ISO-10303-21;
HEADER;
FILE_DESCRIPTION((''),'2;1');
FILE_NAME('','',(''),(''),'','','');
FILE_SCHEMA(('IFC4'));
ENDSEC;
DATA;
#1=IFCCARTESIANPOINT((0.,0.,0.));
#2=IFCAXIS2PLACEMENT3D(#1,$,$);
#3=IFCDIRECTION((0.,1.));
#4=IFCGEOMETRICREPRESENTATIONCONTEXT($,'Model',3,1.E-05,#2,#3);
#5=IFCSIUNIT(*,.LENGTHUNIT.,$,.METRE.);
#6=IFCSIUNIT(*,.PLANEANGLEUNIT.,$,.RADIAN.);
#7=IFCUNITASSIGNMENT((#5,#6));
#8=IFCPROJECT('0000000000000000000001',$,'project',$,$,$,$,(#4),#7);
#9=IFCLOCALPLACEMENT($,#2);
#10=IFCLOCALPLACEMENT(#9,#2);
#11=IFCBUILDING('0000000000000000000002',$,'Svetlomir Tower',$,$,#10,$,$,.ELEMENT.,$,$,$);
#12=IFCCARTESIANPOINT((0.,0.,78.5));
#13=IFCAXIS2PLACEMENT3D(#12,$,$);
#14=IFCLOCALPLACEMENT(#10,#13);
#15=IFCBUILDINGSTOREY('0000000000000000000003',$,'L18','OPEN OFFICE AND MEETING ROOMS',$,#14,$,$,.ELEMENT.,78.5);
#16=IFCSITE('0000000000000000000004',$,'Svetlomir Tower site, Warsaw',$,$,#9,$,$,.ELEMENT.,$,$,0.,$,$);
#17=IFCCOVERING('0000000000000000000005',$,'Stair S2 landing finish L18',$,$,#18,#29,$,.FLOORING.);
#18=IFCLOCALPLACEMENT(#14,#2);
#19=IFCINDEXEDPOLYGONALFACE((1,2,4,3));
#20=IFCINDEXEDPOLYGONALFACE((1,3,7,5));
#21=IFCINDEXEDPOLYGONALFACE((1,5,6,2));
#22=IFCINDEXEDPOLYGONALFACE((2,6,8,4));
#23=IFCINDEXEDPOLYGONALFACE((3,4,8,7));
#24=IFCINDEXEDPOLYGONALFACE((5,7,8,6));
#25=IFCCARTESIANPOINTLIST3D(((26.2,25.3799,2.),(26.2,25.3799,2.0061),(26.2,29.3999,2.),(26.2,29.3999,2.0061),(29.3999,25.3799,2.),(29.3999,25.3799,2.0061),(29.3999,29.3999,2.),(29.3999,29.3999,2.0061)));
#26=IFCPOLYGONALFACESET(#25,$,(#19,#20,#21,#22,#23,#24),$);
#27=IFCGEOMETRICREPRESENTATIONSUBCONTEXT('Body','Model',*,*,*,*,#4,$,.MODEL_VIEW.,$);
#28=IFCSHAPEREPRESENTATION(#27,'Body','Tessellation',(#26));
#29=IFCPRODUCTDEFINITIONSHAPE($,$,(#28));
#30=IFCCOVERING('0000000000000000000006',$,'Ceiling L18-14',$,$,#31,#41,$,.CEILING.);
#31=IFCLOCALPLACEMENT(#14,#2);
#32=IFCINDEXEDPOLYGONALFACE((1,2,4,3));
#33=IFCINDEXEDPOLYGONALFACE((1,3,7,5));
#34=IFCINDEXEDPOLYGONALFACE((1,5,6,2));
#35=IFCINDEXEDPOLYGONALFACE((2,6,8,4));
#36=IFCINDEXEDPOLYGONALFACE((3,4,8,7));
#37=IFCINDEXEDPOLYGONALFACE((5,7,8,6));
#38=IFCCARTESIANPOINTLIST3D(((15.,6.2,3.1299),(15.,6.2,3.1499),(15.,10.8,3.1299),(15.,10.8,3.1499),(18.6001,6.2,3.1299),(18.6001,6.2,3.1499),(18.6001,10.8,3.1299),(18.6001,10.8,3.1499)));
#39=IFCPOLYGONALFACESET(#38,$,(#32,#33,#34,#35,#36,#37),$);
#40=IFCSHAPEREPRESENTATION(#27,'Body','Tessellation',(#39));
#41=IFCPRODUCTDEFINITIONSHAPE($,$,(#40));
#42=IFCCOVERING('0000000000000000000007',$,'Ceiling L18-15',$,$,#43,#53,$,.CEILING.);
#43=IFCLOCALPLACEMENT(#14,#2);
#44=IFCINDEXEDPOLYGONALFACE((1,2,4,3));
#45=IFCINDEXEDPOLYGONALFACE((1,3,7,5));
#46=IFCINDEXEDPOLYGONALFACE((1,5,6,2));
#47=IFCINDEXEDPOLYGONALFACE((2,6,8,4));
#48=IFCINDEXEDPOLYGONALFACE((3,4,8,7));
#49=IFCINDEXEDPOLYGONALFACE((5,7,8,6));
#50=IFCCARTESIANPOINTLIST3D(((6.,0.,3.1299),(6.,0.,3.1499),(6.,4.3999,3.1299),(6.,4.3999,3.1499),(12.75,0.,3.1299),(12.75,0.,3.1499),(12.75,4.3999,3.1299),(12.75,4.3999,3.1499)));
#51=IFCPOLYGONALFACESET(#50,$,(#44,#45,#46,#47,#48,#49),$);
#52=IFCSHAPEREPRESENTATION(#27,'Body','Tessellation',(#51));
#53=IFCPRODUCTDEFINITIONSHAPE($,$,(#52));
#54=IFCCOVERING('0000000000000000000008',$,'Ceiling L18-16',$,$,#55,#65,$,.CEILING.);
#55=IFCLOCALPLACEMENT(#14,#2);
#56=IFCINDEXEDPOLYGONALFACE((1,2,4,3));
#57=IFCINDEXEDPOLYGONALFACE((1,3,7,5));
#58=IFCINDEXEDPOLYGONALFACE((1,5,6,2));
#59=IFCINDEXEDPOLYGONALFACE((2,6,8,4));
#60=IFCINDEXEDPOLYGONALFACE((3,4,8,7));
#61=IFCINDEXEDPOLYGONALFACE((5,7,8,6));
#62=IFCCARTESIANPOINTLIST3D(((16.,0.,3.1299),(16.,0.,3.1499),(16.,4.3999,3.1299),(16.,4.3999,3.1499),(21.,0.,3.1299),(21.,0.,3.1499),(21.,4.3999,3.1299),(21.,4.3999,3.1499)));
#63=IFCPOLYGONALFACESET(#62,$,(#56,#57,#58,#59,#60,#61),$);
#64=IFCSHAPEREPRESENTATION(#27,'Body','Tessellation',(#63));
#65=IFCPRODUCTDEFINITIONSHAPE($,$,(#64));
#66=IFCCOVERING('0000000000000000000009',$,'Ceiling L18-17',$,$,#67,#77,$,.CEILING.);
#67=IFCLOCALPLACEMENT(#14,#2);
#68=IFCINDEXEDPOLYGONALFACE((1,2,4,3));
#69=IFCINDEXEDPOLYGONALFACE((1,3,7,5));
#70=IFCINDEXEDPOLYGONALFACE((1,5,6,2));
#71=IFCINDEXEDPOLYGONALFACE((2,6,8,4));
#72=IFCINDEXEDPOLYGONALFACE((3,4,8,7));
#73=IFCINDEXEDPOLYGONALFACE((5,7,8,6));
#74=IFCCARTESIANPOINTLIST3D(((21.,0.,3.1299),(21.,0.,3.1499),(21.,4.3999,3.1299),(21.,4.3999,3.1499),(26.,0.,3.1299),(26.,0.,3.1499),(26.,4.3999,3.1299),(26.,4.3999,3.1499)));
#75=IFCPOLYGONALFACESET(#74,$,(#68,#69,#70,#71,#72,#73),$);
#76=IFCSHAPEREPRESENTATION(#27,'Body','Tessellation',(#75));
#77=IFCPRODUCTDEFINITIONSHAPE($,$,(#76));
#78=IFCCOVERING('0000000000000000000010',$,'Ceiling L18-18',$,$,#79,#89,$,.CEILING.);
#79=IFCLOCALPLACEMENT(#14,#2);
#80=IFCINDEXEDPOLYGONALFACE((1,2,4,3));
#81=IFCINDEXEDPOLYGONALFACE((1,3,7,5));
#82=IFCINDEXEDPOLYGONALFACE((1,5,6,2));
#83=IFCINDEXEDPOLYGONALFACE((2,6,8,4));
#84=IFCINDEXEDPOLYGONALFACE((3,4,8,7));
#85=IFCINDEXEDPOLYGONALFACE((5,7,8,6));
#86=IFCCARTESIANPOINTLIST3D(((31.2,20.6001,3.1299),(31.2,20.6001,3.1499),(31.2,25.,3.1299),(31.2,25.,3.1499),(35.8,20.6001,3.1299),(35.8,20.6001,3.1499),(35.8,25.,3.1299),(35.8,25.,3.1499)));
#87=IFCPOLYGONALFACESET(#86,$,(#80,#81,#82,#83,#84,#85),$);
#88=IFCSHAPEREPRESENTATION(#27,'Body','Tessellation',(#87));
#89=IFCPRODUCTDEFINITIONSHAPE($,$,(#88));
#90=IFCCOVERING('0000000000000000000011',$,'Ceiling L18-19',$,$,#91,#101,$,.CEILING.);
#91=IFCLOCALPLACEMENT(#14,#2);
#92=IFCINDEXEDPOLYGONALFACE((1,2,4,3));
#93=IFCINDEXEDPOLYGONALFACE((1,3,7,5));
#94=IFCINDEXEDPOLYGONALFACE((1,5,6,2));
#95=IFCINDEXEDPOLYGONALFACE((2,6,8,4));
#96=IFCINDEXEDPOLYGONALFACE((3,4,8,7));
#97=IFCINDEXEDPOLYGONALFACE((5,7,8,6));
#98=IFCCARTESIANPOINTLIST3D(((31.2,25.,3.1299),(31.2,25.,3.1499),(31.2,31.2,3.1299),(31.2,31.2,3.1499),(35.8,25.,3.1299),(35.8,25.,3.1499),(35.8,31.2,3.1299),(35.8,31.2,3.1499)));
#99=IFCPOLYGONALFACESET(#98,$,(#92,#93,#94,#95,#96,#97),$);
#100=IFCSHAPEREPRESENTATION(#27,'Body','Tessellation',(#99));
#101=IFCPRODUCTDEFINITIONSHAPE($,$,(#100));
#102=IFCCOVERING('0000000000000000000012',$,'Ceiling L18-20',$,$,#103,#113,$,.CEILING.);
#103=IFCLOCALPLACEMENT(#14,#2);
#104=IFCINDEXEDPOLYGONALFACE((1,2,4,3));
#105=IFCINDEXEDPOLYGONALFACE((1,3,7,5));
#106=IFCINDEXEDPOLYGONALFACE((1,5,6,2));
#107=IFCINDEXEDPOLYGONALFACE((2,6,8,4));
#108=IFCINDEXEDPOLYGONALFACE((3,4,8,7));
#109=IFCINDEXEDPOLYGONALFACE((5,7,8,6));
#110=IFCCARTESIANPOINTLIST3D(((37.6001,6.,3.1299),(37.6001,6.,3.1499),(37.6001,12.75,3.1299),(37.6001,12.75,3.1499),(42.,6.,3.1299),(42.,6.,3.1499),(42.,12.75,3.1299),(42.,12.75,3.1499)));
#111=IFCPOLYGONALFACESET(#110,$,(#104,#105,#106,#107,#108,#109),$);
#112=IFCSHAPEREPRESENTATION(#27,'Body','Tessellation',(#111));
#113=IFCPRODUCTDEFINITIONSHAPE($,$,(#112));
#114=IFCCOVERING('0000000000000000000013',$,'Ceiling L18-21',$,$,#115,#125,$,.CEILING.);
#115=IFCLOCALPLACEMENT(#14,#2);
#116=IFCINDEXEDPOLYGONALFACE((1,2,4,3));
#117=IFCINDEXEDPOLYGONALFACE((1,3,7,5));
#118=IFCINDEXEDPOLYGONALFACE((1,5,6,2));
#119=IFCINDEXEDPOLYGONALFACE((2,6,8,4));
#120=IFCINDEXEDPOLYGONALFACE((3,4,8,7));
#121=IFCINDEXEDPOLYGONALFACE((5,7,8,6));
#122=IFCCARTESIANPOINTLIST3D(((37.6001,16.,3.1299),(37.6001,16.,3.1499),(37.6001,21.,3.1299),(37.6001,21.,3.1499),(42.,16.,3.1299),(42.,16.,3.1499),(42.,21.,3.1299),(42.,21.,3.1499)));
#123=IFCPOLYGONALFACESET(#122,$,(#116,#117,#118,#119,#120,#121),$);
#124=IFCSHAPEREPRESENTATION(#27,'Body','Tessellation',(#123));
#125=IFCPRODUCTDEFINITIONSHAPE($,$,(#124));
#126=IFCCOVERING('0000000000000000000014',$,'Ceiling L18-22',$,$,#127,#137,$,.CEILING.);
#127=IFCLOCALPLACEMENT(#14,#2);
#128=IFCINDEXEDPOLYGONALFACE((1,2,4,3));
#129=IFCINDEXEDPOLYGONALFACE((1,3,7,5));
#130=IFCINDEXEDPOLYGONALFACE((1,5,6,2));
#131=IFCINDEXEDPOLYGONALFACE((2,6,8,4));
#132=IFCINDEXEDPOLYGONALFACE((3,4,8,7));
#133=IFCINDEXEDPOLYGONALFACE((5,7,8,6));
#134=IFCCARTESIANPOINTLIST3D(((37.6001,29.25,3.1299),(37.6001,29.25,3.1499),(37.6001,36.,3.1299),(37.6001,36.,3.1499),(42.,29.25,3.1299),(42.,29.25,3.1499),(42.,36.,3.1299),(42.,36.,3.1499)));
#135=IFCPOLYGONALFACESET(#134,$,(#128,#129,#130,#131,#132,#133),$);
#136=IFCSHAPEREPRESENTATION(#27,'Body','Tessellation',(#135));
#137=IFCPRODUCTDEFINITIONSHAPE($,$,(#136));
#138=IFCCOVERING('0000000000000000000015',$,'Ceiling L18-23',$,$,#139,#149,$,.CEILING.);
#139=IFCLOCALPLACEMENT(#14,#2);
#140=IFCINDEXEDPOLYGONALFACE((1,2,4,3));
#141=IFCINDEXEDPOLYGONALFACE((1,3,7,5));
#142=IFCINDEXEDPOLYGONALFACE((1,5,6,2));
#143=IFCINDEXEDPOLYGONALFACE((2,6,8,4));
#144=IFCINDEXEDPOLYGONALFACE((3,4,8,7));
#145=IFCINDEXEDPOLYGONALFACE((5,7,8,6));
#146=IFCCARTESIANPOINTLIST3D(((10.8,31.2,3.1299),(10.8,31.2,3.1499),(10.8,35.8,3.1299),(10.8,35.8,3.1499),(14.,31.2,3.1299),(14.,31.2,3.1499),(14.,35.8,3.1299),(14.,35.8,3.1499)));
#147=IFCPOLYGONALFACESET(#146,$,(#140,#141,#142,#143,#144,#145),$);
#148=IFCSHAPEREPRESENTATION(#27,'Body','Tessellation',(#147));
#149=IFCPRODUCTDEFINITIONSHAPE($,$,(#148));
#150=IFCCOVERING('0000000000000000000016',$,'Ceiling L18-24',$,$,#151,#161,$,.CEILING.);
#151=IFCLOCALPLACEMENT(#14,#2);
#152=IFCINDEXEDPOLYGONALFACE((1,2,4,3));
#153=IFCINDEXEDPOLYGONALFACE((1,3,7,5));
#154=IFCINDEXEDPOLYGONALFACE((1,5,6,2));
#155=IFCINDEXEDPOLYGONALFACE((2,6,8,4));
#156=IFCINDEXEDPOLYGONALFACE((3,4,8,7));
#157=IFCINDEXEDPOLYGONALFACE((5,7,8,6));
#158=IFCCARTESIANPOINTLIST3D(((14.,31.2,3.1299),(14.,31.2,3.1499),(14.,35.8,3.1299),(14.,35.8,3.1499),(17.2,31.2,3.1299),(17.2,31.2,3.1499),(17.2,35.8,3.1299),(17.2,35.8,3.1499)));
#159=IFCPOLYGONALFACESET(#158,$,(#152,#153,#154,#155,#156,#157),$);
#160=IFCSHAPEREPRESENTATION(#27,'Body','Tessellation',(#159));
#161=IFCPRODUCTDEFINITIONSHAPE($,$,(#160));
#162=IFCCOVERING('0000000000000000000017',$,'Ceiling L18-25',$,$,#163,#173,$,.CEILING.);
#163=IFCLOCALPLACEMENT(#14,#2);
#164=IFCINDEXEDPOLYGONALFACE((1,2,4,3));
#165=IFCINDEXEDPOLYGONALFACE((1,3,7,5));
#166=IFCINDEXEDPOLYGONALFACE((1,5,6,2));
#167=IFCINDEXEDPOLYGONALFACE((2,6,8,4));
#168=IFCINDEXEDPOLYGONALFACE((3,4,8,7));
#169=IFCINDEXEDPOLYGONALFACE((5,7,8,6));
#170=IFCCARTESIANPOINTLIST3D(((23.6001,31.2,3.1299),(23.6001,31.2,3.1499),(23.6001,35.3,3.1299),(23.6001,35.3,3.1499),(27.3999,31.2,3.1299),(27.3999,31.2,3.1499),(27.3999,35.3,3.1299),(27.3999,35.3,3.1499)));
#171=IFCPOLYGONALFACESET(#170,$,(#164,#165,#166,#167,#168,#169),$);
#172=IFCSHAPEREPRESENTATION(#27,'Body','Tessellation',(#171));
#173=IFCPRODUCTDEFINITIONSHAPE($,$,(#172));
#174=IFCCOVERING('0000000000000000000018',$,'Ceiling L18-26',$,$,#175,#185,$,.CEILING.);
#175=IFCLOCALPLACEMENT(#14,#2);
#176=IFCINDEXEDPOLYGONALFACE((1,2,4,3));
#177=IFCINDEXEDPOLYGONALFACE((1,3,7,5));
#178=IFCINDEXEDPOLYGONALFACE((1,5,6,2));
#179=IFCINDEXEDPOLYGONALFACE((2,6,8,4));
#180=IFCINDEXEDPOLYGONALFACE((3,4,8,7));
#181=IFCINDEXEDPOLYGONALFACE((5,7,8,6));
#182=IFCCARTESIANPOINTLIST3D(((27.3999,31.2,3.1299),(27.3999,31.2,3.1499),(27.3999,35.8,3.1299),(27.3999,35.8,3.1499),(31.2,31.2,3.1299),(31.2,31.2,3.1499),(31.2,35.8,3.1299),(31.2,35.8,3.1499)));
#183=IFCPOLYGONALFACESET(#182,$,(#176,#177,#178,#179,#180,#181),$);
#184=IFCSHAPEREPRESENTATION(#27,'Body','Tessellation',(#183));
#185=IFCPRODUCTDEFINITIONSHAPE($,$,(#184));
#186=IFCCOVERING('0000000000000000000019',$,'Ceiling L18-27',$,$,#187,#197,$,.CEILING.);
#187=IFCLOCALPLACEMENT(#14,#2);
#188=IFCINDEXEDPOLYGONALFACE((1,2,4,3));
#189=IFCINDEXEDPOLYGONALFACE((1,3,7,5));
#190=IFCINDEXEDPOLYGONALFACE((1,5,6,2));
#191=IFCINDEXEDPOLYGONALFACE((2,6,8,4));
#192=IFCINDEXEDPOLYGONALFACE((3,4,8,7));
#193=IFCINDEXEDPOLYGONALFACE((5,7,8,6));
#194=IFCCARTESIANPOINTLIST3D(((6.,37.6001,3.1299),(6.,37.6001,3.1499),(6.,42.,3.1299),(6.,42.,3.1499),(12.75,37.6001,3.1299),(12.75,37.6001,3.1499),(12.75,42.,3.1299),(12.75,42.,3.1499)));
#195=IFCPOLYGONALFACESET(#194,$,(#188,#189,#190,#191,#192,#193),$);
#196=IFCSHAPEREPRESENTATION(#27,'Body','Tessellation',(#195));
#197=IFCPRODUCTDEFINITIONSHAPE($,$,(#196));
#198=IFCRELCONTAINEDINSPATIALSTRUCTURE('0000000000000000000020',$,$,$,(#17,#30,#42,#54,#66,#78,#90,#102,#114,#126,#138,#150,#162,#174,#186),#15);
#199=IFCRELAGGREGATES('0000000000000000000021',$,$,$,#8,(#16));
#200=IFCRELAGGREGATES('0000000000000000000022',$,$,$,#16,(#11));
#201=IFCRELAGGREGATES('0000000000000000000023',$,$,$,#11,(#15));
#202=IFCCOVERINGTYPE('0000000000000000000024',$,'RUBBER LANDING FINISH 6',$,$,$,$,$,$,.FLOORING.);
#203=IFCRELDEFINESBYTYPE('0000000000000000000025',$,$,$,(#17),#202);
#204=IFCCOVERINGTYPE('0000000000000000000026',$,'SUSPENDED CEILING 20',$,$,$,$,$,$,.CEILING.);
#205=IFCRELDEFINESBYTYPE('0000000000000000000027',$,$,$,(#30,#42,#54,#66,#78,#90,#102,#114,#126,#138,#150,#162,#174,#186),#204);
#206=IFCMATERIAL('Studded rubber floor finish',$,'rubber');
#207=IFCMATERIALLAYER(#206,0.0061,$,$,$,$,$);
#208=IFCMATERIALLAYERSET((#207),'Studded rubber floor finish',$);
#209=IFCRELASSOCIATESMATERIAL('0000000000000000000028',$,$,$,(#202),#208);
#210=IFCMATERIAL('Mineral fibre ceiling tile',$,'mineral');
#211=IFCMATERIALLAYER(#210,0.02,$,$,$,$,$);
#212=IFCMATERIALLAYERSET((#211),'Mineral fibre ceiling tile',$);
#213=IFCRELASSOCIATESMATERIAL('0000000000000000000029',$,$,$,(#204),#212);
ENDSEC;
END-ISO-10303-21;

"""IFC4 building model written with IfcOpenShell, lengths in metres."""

from ifc_helpers import new_model, si_unit, direction, frame, origin, place, context, subcontext, project, spatial, polyline, outline, extrude, material, layer, layer_set, type_object, element, save


model = new_model("IFC4")

# Units and contexts
model_context = context("Model", 3, precision=1e-05, world=origin(), true_north=direction((0.0, 1.0)))
body_context = subcontext(model_context, "Body", "Model", "MODEL_VIEW")
ifc_project = project(units=[si_unit("LENGTHUNIT", "METRE"), si_unit("PLANEANGLEUNIT", "RADIAN")], contexts=[model_context])

# Site, building, storey
site_placement = place(None, origin())
site = spatial("IfcSite", under=ifc_project, at=site_placement, Name="Svetlomir Tower site, Warsaw", CompositionType="ELEMENT", RefElevation=0.0)
building_placement = place(site_placement, origin())
building = spatial("IfcBuilding", under=site, at=building_placement, Name="Svetlomir Tower", CompositionType="ELEMENT")
storey_placement = place(building_placement, frame((0.0, 0.0, 78.5)))
storey = spatial("IfcBuildingStorey", under=building, at=storey_placement, Name="L18", Description="OPEN OFFICE AND MEETING ROOMS", CompositionType="ELEMENT", Elevation=78.5)

# Coverings
ifc_material_1 = material(Name="Studded rubber floor finish", Category="rubber")
ifc_layer_1 = layer(ifc_material_1, 0.0061)
ifc_layer_set_1 = layer_set([ifc_layer_1], Name="Studded rubber floor finish")
covering_type_1 = type_object("IfcCoveringType", Name="RUBBER LANDING FINISH 6", PredefinedType="FLOORING", material=ifc_layer_set_1)
covering_1_placement = place(storey_placement, frame((0.0, 0.0, 2.0)))
element("IfcCovering", 1, at=covering_1_placement, inside=storey, type_object=covering_type_1, Name="Stair S2 landing finish L18", PredefinedType="FLOORING", context=body_context, shape_type="SweptSolid", body=[
    extrude(outline(polyline([(26.2, 25.3799), (29.3999, 25.3799), (29.3999, 29.3999), (26.2, 29.3999), (26.2, 25.3799)])), origin(), (0.0, 0.0, 1.0), 0.0061),
])
ifc_material_2 = material(Name="Mineral fibre ceiling tile", Category="mineral")
ifc_layer_2 = layer(ifc_material_2, 0.02)
ifc_layer_set_2 = layer_set([ifc_layer_2], Name="Mineral fibre ceiling tile")
covering_type_2 = type_object("IfcCoveringType", Name="SUSPENDED CEILING 20", PredefinedType="CEILING", material=ifc_layer_set_2)
covering_2_placement = place(storey_placement, frame((0.0, 0.0, 3.1299)))
element("IfcCovering", 2, at=covering_2_placement, inside=storey, type_object=covering_type_2, Name="Ceiling L18-14", PredefinedType="CEILING", context=body_context, shape_type="SweptSolid", body=[
    extrude(outline(polyline([(15.0, 6.2), (18.6001, 6.2), (18.6001, 10.8), (15.0, 10.8), (15.0, 6.2)])), origin(), (0.0, 0.0, 1.0), 0.02),
])
covering_3_placement = place(storey_placement, frame((0.0, 0.0, 3.1299)))
element("IfcCovering", 3, at=covering_3_placement, inside=storey, type_object=covering_type_2, Name="Ceiling L18-15", PredefinedType="CEILING", context=body_context, shape_type="SweptSolid", body=[
    extrude(outline(polyline([(6.0, 0.0), (12.75, 0.0), (12.75, 4.3999), (6.0, 4.3999), (6.0, 0.0)])), origin(), (0.0, 0.0, 1.0), 0.02),
])
covering_4_placement = place(storey_placement, frame((0.0, 0.0, 3.1299)))
element("IfcCovering", 4, at=covering_4_placement, inside=storey, type_object=covering_type_2, Name="Ceiling L18-16", PredefinedType="CEILING", context=body_context, shape_type="SweptSolid", body=[
    extrude(outline(polyline([(16.0, 0.0), (21.0, 0.0), (21.0, 4.3999), (16.0, 4.3999), (16.0, 0.0)])), origin(), (0.0, 0.0, 1.0), 0.02),
])
covering_5_placement = place(storey_placement, frame((0.0, 0.0, 3.1299)))
element("IfcCovering", 5, at=covering_5_placement, inside=storey, type_object=covering_type_2, Name="Ceiling L18-17", PredefinedType="CEILING", context=body_context, shape_type="SweptSolid", body=[
    extrude(outline(polyline([(21.0, 0.0), (26.0, 0.0), (26.0, 4.3999), (21.0, 4.3999), (21.0, 0.0)])), origin(), (0.0, 0.0, 1.0), 0.02),
])
covering_6_placement = place(storey_placement, frame((0.0, 0.0, 3.1299)))
element("IfcCovering", 6, at=covering_6_placement, inside=storey, type_object=covering_type_2, Name="Ceiling L18-18", PredefinedType="CEILING", context=body_context, shape_type="SweptSolid", body=[
    extrude(outline(polyline([(31.2, 20.6001), (35.8, 20.6001), (35.8, 25.0), (31.2, 25.0), (31.2, 20.6001)])), origin(), (0.0, 0.0, 1.0), 0.02),
])
covering_7_placement = place(storey_placement, frame((0.0, 0.0, 3.1299)))
element("IfcCovering", 7, at=covering_7_placement, inside=storey, type_object=covering_type_2, Name="Ceiling L18-19", PredefinedType="CEILING", context=body_context, shape_type="SweptSolid", body=[
    extrude(outline(polyline([(31.2, 25.0), (35.8, 25.0), (35.8, 31.2), (31.2, 31.2), (31.2, 25.0)])), origin(), (0.0, 0.0, 1.0), 0.02),
])
covering_8_placement = place(storey_placement, frame((0.0, 0.0, 3.1299)))
element("IfcCovering", 8, at=covering_8_placement, inside=storey, type_object=covering_type_2, Name="Ceiling L18-20", PredefinedType="CEILING", context=body_context, shape_type="SweptSolid", body=[
    extrude(outline(polyline([(37.6001, 6.0), (42.0, 6.0), (42.0, 12.75), (37.6001, 12.75), (37.6001, 6.0)])), origin(), (0.0, 0.0, 1.0), 0.02),
])
covering_9_placement = place(storey_placement, frame((0.0, 0.0, 3.1299)))
element("IfcCovering", 9, at=covering_9_placement, inside=storey, type_object=covering_type_2, Name="Ceiling L18-21", PredefinedType="CEILING", context=body_context, shape_type="SweptSolid", body=[
    extrude(outline(polyline([(37.6001, 16.0), (42.0, 16.0), (42.0, 21.0), (37.6001, 21.0), (37.6001, 16.0)])), origin(), (0.0, 0.0, 1.0), 0.02),
])
covering_10_placement = place(storey_placement, frame((0.0, 0.0, 3.1299)))
element("IfcCovering", 10, at=covering_10_placement, inside=storey, type_object=covering_type_2, Name="Ceiling L18-22", PredefinedType="CEILING", context=body_context, shape_type="SweptSolid", body=[
    extrude(outline(polyline([(37.6001, 29.25), (42.0, 29.25), (42.0, 36.0), (37.6001, 36.0), (37.6001, 29.25)])), origin(), (0.0, 0.0, 1.0), 0.02),
])
covering_11_placement = place(storey_placement, frame((0.0, 0.0, 3.1299)))
element("IfcCovering", 11, at=covering_11_placement, inside=storey, type_object=covering_type_2, Name="Ceiling L18-23", PredefinedType="CEILING", context=body_context, shape_type="SweptSolid", body=[
    extrude(outline(polyline([(10.8, 31.2), (14.0, 31.2), (14.0, 35.8), (10.8, 35.8), (10.8, 31.2)])), origin(), (0.0, 0.0, 1.0), 0.02),
])
covering_12_placement = place(storey_placement, frame((0.0, 0.0, 3.1299)))
element("IfcCovering", 12, at=covering_12_placement, inside=storey, type_object=covering_type_2, Name="Ceiling L18-24", PredefinedType="CEILING", context=body_context, shape_type="SweptSolid", body=[
    extrude(outline(polyline([(14.0, 31.2), (17.2, 31.2), (17.2, 35.8), (14.0, 35.8), (14.0, 31.2)])), origin(), (0.0, 0.0, 1.0), 0.02),
])
covering_13_placement = place(storey_placement, frame((0.0, 0.0, 3.1299)))
element("IfcCovering", 13, at=covering_13_placement, inside=storey, type_object=covering_type_2, Name="Ceiling L18-25", PredefinedType="CEILING", context=body_context, shape_type="SweptSolid", body=[
    extrude(outline(polyline([(23.6001, 31.2), (27.3999, 31.2), (27.3999, 35.3), (23.6001, 35.3), (23.6001, 31.2)])), origin(), (0.0, 0.0, 1.0), 0.02),
])
covering_14_placement = place(storey_placement, frame((0.0, 0.0, 3.1299)))
element("IfcCovering", 14, at=covering_14_placement, inside=storey, type_object=covering_type_2, Name="Ceiling L18-26", PredefinedType="CEILING", context=body_context, shape_type="SweptSolid", body=[
    extrude(outline(polyline([(27.3999, 31.2), (31.2, 31.2), (31.2, 35.8), (27.3999, 35.8), (27.3999, 31.2)])), origin(), (0.0, 0.0, 1.0), 0.02),
])
covering_15_placement = place(storey_placement, frame((0.0, 0.0, 3.1299)))
element("IfcCovering", 15, at=covering_15_placement, inside=storey, type_object=covering_type_2, Name="Ceiling L18-27", PredefinedType="CEILING", context=body_context, shape_type="SweptSolid", body=[
    extrude(outline(polyline([(6.0, 37.6001), (12.75, 37.6001), (12.75, 42.0), (6.0, 42.0), (6.0, 37.6001)])), origin(), (0.0, 0.0, 1.0), 0.02),
])

save(model, "model.ifc")
